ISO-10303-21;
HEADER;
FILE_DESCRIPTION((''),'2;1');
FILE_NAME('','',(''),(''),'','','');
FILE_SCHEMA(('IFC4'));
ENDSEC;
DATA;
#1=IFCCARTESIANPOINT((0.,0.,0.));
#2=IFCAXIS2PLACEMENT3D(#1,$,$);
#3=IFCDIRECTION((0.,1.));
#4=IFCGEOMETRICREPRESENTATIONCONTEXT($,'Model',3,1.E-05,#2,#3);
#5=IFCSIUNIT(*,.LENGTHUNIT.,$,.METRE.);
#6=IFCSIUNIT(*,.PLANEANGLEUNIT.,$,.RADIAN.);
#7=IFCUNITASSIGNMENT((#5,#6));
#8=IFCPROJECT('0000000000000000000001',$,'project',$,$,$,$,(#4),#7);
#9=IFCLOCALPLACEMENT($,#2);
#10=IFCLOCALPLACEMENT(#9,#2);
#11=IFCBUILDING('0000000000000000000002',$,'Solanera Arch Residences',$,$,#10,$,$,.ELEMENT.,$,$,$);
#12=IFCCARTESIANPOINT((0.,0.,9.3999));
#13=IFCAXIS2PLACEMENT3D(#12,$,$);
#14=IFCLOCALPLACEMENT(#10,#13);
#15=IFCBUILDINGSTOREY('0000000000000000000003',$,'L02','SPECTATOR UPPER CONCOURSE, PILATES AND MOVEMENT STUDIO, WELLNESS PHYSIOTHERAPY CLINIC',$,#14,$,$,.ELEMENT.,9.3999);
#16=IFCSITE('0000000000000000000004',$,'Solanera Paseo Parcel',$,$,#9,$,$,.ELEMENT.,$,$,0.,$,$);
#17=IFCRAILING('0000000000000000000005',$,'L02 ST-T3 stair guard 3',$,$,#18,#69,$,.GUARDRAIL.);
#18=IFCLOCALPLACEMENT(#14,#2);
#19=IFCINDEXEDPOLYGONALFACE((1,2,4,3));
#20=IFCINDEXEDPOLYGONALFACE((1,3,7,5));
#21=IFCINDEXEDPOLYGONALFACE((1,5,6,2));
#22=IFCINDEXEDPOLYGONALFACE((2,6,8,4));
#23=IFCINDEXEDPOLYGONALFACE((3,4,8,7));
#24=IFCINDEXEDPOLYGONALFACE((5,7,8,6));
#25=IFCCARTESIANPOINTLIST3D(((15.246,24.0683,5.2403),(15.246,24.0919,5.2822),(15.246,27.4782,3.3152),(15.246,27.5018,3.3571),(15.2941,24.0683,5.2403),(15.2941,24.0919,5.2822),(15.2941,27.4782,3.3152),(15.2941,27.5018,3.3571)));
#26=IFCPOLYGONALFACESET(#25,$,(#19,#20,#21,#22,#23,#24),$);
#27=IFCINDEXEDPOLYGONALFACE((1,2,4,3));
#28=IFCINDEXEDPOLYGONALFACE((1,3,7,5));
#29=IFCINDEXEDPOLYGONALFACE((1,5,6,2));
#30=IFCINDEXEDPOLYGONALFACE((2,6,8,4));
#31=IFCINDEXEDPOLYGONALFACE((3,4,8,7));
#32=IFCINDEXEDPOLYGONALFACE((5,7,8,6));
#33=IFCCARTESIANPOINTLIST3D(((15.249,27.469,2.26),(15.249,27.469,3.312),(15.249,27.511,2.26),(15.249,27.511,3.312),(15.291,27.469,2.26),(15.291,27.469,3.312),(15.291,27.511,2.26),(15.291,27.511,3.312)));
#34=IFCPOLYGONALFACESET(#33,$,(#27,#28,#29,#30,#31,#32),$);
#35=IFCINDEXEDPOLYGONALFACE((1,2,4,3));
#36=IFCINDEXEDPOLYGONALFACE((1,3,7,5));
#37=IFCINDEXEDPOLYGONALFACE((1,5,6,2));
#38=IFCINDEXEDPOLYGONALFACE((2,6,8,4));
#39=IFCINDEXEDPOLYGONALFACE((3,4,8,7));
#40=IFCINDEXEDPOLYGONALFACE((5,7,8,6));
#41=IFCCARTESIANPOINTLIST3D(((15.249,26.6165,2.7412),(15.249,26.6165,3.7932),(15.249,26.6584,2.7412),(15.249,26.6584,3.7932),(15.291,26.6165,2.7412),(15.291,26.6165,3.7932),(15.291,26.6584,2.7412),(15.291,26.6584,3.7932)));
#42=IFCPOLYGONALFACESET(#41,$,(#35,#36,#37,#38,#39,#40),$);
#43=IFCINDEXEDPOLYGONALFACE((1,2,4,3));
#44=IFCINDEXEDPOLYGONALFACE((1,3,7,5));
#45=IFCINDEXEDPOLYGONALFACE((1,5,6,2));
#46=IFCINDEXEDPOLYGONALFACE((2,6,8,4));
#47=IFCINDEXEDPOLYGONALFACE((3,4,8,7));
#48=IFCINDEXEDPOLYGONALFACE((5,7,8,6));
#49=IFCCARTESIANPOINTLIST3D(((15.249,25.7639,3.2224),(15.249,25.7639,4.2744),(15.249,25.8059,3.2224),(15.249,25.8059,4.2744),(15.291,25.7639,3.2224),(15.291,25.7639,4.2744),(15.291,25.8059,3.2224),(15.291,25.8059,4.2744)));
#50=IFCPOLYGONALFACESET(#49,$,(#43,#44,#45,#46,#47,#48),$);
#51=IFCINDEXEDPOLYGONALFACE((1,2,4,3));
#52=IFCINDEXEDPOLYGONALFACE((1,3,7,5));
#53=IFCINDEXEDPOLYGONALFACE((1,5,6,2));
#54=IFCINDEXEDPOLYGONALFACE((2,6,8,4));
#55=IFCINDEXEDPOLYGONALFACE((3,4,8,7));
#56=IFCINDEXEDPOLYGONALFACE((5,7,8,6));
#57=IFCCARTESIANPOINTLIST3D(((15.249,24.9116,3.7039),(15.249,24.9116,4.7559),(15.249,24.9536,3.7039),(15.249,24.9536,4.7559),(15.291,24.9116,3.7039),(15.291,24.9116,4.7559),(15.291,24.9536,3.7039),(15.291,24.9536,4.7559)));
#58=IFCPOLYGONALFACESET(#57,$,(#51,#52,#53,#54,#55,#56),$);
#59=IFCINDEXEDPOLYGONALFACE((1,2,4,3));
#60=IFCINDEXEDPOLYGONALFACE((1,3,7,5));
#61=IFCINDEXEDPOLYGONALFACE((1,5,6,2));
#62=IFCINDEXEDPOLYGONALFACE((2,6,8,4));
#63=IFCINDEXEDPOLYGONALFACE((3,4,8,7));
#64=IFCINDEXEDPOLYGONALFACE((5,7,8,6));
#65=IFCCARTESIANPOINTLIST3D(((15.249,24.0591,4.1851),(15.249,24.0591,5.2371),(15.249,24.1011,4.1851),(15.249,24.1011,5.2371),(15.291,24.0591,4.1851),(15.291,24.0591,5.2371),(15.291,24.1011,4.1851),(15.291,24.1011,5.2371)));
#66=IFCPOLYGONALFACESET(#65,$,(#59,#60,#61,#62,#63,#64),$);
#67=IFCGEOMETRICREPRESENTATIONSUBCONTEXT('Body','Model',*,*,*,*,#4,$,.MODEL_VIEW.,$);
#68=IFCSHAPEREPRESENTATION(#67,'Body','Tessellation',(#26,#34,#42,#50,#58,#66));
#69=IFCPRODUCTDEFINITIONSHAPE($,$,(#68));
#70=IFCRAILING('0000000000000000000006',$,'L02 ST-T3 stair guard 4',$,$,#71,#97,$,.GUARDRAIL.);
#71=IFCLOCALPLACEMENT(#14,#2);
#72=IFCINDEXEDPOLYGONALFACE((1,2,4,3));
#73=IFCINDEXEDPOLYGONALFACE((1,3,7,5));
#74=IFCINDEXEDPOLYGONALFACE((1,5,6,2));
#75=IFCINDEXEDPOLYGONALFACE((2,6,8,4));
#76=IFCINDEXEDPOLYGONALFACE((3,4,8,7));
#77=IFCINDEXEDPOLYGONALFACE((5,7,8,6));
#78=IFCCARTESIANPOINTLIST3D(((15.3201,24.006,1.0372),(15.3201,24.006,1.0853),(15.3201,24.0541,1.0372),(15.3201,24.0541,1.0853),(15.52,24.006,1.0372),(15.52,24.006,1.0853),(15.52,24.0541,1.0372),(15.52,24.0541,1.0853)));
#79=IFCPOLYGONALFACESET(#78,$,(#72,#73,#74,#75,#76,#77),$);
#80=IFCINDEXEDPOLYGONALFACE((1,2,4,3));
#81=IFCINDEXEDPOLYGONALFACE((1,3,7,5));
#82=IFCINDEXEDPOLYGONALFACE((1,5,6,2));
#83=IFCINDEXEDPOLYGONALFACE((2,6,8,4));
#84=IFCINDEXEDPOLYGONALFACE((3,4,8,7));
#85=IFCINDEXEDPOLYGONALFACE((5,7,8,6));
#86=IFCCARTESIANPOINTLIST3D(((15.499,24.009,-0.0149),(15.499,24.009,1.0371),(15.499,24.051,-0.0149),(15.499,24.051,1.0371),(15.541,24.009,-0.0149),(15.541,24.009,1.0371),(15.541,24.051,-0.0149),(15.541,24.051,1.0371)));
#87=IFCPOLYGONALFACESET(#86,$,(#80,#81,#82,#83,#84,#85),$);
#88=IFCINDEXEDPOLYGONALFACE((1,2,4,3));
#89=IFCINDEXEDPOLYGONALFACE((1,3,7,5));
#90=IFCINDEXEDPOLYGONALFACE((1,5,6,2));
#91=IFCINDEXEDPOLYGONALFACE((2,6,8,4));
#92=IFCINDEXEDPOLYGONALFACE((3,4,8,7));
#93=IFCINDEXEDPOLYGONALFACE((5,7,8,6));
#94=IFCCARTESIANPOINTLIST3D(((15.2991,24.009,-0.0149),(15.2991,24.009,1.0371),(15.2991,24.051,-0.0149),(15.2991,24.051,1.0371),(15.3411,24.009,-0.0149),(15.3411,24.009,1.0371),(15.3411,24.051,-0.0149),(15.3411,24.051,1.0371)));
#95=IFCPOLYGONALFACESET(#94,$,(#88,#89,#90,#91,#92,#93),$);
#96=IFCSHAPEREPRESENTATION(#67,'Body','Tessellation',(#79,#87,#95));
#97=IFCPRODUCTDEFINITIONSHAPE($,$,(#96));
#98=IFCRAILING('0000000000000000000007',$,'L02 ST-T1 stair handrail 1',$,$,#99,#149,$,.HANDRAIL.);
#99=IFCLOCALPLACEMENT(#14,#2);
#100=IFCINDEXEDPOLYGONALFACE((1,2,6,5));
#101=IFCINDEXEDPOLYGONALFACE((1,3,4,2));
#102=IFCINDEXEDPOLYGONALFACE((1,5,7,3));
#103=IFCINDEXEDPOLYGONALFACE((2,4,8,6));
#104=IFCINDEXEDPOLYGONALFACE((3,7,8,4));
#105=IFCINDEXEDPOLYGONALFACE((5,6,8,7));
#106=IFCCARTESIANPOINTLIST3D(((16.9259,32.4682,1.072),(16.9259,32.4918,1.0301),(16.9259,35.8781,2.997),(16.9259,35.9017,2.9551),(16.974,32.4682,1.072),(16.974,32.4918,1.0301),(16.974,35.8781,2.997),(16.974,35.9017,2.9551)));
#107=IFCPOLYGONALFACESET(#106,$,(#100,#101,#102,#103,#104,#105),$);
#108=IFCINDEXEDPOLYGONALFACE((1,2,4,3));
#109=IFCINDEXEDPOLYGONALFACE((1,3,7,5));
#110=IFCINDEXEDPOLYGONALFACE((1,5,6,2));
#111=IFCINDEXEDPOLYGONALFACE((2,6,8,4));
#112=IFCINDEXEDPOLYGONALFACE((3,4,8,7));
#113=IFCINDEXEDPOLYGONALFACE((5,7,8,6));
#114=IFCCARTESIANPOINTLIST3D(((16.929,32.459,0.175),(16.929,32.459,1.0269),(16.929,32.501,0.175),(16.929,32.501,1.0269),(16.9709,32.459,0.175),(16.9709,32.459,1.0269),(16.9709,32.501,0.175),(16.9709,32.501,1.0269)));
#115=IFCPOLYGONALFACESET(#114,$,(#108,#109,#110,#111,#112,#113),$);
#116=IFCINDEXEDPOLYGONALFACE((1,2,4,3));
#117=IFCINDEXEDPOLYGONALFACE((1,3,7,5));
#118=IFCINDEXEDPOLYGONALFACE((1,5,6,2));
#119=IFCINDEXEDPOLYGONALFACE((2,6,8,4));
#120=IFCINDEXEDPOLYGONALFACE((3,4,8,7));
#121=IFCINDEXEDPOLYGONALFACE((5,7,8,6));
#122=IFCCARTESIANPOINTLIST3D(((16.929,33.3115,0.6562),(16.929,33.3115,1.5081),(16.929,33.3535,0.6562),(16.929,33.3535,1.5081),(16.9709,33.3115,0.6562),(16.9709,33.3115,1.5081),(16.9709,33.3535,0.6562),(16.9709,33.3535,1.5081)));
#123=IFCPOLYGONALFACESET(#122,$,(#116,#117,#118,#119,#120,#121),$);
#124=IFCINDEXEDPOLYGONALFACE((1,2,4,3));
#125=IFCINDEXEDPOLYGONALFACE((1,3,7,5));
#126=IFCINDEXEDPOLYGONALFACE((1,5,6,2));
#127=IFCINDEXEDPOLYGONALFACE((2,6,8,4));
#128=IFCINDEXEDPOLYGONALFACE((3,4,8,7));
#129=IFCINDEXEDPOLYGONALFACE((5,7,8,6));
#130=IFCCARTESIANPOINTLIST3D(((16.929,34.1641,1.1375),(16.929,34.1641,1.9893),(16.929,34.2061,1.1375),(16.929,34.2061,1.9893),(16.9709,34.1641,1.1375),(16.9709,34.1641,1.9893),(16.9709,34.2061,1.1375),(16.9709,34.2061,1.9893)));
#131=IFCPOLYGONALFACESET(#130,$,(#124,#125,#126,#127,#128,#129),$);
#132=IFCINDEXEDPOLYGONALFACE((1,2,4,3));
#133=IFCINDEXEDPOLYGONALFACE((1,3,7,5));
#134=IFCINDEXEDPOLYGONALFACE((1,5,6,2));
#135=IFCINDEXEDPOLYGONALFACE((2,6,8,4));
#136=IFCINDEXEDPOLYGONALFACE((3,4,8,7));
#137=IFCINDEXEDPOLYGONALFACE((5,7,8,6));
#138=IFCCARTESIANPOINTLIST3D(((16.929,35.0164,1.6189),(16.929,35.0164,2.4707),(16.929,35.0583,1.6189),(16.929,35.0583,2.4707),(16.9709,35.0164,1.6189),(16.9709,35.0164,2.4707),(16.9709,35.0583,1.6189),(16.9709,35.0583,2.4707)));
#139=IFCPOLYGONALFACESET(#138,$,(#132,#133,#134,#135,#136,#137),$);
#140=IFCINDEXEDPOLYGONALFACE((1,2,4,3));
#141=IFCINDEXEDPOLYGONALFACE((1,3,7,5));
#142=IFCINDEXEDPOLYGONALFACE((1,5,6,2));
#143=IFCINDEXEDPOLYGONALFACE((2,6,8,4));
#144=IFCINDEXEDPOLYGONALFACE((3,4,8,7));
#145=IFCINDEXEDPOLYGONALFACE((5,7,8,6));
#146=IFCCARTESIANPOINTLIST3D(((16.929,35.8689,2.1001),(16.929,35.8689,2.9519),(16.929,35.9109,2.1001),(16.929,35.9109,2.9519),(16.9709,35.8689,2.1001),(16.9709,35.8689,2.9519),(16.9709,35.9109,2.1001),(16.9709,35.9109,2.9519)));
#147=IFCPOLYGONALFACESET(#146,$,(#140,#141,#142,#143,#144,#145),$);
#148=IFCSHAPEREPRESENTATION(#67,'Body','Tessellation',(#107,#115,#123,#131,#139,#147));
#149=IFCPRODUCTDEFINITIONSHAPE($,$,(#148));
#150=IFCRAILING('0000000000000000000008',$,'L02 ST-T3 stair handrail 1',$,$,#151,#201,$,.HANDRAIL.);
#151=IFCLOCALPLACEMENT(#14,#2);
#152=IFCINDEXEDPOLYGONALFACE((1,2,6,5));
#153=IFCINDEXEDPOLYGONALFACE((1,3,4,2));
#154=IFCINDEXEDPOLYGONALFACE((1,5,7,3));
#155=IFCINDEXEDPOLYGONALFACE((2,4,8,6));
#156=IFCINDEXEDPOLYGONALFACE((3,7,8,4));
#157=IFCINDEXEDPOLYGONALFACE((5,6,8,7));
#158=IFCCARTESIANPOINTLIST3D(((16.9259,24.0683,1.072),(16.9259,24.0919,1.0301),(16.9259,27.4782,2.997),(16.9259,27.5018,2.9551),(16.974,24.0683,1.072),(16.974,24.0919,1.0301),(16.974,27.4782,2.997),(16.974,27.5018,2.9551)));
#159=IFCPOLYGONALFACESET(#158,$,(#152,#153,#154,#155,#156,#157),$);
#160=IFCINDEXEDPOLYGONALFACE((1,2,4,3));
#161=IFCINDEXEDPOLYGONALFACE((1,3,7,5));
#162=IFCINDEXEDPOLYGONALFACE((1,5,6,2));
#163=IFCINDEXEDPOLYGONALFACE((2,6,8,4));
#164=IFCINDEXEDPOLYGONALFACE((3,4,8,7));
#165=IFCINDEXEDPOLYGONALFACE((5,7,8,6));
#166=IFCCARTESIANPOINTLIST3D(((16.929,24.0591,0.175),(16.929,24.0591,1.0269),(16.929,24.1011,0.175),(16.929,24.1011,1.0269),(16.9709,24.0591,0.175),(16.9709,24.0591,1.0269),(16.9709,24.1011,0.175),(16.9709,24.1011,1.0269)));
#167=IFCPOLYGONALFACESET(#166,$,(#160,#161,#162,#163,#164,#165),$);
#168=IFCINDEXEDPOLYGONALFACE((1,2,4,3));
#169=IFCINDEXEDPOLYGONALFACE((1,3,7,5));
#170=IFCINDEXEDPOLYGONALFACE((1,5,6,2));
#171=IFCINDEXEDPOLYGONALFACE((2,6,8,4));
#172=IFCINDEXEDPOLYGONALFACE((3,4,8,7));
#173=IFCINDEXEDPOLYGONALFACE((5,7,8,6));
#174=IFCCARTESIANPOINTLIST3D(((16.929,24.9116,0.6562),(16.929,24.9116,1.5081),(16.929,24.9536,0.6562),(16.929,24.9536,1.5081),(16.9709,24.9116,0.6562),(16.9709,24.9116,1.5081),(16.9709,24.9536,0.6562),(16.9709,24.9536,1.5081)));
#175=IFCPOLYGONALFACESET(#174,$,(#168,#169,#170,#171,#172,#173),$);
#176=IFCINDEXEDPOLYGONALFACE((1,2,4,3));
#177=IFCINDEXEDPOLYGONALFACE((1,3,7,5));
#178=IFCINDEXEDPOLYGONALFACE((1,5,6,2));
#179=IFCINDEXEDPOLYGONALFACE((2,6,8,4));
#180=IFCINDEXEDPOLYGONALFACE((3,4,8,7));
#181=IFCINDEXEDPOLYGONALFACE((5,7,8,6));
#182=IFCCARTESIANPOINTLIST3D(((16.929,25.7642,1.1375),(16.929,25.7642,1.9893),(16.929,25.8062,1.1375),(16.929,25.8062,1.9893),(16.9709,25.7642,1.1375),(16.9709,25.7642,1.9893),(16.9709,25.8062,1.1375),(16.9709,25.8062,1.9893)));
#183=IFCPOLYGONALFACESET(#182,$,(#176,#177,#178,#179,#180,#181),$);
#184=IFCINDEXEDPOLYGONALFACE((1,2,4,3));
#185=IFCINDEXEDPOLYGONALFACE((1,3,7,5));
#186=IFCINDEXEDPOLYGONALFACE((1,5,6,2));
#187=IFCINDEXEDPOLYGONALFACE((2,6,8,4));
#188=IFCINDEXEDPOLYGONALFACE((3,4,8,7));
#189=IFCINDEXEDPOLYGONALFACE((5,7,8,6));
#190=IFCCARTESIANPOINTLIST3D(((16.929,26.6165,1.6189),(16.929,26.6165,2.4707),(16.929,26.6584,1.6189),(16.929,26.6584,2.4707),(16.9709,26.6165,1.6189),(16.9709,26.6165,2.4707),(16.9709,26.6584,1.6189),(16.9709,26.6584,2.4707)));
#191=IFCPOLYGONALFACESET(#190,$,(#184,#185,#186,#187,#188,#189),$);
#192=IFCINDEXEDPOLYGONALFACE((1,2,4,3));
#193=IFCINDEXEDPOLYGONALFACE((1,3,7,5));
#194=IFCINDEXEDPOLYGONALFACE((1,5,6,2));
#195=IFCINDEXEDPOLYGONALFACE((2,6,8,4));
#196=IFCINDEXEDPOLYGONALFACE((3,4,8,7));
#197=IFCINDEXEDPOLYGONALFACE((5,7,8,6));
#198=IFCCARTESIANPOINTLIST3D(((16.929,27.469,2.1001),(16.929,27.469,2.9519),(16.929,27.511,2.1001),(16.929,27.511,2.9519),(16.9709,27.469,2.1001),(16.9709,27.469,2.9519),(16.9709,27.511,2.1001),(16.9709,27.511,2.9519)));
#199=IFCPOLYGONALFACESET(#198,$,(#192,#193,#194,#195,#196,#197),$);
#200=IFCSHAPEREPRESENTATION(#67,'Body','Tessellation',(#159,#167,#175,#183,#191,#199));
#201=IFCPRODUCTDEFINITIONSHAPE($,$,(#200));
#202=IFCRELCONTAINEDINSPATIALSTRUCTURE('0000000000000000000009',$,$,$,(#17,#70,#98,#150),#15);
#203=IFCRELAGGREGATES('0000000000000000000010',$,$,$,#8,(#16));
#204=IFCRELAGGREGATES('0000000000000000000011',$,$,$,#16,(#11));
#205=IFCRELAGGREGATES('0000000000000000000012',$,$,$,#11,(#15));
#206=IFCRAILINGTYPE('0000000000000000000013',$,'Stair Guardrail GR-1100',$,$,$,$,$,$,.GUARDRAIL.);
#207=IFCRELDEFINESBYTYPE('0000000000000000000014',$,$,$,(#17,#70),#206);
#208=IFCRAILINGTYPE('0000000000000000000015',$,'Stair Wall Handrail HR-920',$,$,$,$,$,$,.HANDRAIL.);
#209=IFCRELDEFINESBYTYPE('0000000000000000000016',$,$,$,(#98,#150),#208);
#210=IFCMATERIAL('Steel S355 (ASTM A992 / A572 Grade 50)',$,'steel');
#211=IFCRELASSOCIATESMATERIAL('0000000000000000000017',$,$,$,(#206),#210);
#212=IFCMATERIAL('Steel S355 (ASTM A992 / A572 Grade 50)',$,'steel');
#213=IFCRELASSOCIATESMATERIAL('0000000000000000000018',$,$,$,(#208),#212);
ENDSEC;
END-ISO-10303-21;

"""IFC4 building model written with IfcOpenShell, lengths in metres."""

from ifc_helpers import new_model, si_unit, direction, frame, origin, origin_2d, place, context, subcontext, project, spatial, rectangle, extrude, material, type_object, element, save


model = new_model("IFC4")

# Units and contexts
model_context = context("Model", 3, precision=1e-05, world=origin(), true_north=direction((0.0, 1.0)))
body_context = subcontext(model_context, "Body", "Model", "MODEL_VIEW")
ifc_project = project(units=[si_unit("LENGTHUNIT", "METRE"), si_unit("PLANEANGLEUNIT", "RADIAN")], contexts=[model_context])

# Site, building, storey
site_placement = place(None, origin())
site = spatial("IfcSite", under=ifc_project, at=site_placement, Name="Solanera Paseo Parcel", CompositionType="ELEMENT", RefElevation=0.0)
building_placement = place(site_placement, origin())
building = spatial("IfcBuilding", under=site, at=building_placement, Name="Solanera Arch Residences", CompositionType="ELEMENT")
storey_placement = place(building_placement, frame((0.0, 0.0, 9.3999)))
storey = spatial("IfcBuildingStorey", under=building, at=storey_placement, Name="L02", Description="SPECTATOR UPPER CONCOURSE, PILATES AND MOVEMENT STUDIO, WELLNESS PHYSIOTHERAPY CLINIC", CompositionType="ELEMENT", Elevation=9.3999)

# Railings
ifc_material_1 = material(Name="Steel S355 (ASTM A992 / A572 Grade 50)", Category="steel")
railing_type_1 = type_object("IfcRailingType", Name="Stair Guardrail GR-1100", PredefinedType="GUARDRAIL", material=ifc_material_1)
railing_1_placement = place(storey_placement, frame((15.27, 27.49, 2.26)))
element("IfcRailing", 1, at=railing_1_placement, inside=storey, type_object=railing_type_1, Name="L02 ST-T3 stair guard 3", PredefinedType="GUARDRAIL", context=body_context, shape_type="SweptSolid", body=[
    extrude(rectangle(XDim=0.0481, YDim=0.0481, at=origin_2d()), frame((0.0, 0.0, 1.0762), z_axis=(0.0, -0.870814, 0.491613), x_axis=(1.0, 0.0, 0.0)), (0.0, 0.0, 1.0), 3.9158),
    extrude(rectangle(XDim=0.042, YDim=0.042, at=origin_2d()), origin(), (0.0, 0.0, 1.0), 1.052),
    extrude(rectangle(XDim=0.042, YDim=0.042, at=origin_2d()), frame((0.0, -0.8525, 0.4812)), (0.0, 0.0, 1.0), 1.052),
    extrude(rectangle(XDim=0.042, YDim=0.042, at=origin_2d()), frame((0.0, -1.7051, 0.9624)), (0.0, 0.0, 1.0), 1.052),
    extrude(rectangle(XDim=0.042, YDim=0.042, at=origin_2d()), frame((0.0, -2.5574, 1.4438)), (0.0, 0.0, 1.0), 1.052),
    extrude(rectangle(XDim=0.042, YDim=0.042, at=origin_2d()), frame((0.0, -3.4099, 1.925)), (0.0, 0.0, 1.0), 1.052),
])
railing_2_placement = place(storey_placement, frame((15.52, 24.03, -0.0149)))
element("IfcRailing", 2, at=railing_2_placement, inside=storey, type_object=railing_type_1, Name="L02 ST-T3 stair guard 4", PredefinedType="GUARDRAIL", context=body_context, shape_type="SweptSolid", body=[
    extrude(rectangle(XDim=0.0481, YDim=0.0481, at=origin_2d()), frame((0.0, 0.0, 1.0762), z_axis=(-1.0, 0.0, 0.0), x_axis=(0.0, -1.0, 0.0)), (0.0, 0.0, 1.0), 0.2),
    extrude(rectangle(XDim=0.042, YDim=0.042, at=origin_2d()), origin(), (0.0, 0.0, 1.0), 1.052),
    extrude(rectangle(XDim=0.042, YDim=0.042, at=origin_2d()), frame((-0.2, 0.0, 0.0)), (0.0, 0.0, 1.0), 1.052),
])
ifc_material_2 = material(Name="Steel S355 (ASTM A992 / A572 Grade 50)", Category="steel")
railing_type_2 = type_object("IfcRailingType", Name="Stair Wall Handrail HR-920", PredefinedType="HANDRAIL", material=ifc_material_2)
for number, where, name in (
    (3, (16.95, 32.48, 0.175), "L02 ST-T1 stair handrail 1"),
    (4, (16.95, 24.0801, 0.175), "L02 ST-T3 stair handrail 1"),
):
    element("IfcRailing", number, at=place(storey_placement, frame(where)), inside=storey, type_object=railing_type_2, Name=name, PredefinedType="HANDRAIL", context=body_context, shape_type="SweptSolid", body=[
        extrude(rectangle(XDim=0.0481, YDim=0.0481, at=origin_2d()), frame((0.0, 0.0, 0.876), z_axis=(0.0, 0.870814, 0.491613), x_axis=(-1.0, 0.0, 0.0)), (0.0, 0.0, 1.0), 3.9158),
        extrude(rectangle(XDim=0.042, YDim=0.042, at=origin_2d()), origin(), (0.0, 0.0, 1.0), 0.8518),
        extrude(rectangle(XDim=0.042, YDim=0.042, at=origin_2d()), frame((0.0, 0.8525, 0.4812)), (0.0, 0.0, 1.0), 0.8518),
        extrude(rectangle(XDim=0.042, YDim=0.042, at=origin_2d()), frame((0.0, 1.7051, 0.9624)), (0.0, 0.0, 1.0), 0.8518),
        extrude(rectangle(XDim=0.042, YDim=0.042, at=origin_2d()), frame((0.0, 2.5574, 1.4438)), (0.0, 0.0, 1.0), 0.8518),
        extrude(rectangle(XDim=0.042, YDim=0.042, at=origin_2d()), frame((0.0, 3.4099, 1.925)), (0.0, 0.0, 1.0), 0.8518),
    ])

save(model, "model.ifc")
